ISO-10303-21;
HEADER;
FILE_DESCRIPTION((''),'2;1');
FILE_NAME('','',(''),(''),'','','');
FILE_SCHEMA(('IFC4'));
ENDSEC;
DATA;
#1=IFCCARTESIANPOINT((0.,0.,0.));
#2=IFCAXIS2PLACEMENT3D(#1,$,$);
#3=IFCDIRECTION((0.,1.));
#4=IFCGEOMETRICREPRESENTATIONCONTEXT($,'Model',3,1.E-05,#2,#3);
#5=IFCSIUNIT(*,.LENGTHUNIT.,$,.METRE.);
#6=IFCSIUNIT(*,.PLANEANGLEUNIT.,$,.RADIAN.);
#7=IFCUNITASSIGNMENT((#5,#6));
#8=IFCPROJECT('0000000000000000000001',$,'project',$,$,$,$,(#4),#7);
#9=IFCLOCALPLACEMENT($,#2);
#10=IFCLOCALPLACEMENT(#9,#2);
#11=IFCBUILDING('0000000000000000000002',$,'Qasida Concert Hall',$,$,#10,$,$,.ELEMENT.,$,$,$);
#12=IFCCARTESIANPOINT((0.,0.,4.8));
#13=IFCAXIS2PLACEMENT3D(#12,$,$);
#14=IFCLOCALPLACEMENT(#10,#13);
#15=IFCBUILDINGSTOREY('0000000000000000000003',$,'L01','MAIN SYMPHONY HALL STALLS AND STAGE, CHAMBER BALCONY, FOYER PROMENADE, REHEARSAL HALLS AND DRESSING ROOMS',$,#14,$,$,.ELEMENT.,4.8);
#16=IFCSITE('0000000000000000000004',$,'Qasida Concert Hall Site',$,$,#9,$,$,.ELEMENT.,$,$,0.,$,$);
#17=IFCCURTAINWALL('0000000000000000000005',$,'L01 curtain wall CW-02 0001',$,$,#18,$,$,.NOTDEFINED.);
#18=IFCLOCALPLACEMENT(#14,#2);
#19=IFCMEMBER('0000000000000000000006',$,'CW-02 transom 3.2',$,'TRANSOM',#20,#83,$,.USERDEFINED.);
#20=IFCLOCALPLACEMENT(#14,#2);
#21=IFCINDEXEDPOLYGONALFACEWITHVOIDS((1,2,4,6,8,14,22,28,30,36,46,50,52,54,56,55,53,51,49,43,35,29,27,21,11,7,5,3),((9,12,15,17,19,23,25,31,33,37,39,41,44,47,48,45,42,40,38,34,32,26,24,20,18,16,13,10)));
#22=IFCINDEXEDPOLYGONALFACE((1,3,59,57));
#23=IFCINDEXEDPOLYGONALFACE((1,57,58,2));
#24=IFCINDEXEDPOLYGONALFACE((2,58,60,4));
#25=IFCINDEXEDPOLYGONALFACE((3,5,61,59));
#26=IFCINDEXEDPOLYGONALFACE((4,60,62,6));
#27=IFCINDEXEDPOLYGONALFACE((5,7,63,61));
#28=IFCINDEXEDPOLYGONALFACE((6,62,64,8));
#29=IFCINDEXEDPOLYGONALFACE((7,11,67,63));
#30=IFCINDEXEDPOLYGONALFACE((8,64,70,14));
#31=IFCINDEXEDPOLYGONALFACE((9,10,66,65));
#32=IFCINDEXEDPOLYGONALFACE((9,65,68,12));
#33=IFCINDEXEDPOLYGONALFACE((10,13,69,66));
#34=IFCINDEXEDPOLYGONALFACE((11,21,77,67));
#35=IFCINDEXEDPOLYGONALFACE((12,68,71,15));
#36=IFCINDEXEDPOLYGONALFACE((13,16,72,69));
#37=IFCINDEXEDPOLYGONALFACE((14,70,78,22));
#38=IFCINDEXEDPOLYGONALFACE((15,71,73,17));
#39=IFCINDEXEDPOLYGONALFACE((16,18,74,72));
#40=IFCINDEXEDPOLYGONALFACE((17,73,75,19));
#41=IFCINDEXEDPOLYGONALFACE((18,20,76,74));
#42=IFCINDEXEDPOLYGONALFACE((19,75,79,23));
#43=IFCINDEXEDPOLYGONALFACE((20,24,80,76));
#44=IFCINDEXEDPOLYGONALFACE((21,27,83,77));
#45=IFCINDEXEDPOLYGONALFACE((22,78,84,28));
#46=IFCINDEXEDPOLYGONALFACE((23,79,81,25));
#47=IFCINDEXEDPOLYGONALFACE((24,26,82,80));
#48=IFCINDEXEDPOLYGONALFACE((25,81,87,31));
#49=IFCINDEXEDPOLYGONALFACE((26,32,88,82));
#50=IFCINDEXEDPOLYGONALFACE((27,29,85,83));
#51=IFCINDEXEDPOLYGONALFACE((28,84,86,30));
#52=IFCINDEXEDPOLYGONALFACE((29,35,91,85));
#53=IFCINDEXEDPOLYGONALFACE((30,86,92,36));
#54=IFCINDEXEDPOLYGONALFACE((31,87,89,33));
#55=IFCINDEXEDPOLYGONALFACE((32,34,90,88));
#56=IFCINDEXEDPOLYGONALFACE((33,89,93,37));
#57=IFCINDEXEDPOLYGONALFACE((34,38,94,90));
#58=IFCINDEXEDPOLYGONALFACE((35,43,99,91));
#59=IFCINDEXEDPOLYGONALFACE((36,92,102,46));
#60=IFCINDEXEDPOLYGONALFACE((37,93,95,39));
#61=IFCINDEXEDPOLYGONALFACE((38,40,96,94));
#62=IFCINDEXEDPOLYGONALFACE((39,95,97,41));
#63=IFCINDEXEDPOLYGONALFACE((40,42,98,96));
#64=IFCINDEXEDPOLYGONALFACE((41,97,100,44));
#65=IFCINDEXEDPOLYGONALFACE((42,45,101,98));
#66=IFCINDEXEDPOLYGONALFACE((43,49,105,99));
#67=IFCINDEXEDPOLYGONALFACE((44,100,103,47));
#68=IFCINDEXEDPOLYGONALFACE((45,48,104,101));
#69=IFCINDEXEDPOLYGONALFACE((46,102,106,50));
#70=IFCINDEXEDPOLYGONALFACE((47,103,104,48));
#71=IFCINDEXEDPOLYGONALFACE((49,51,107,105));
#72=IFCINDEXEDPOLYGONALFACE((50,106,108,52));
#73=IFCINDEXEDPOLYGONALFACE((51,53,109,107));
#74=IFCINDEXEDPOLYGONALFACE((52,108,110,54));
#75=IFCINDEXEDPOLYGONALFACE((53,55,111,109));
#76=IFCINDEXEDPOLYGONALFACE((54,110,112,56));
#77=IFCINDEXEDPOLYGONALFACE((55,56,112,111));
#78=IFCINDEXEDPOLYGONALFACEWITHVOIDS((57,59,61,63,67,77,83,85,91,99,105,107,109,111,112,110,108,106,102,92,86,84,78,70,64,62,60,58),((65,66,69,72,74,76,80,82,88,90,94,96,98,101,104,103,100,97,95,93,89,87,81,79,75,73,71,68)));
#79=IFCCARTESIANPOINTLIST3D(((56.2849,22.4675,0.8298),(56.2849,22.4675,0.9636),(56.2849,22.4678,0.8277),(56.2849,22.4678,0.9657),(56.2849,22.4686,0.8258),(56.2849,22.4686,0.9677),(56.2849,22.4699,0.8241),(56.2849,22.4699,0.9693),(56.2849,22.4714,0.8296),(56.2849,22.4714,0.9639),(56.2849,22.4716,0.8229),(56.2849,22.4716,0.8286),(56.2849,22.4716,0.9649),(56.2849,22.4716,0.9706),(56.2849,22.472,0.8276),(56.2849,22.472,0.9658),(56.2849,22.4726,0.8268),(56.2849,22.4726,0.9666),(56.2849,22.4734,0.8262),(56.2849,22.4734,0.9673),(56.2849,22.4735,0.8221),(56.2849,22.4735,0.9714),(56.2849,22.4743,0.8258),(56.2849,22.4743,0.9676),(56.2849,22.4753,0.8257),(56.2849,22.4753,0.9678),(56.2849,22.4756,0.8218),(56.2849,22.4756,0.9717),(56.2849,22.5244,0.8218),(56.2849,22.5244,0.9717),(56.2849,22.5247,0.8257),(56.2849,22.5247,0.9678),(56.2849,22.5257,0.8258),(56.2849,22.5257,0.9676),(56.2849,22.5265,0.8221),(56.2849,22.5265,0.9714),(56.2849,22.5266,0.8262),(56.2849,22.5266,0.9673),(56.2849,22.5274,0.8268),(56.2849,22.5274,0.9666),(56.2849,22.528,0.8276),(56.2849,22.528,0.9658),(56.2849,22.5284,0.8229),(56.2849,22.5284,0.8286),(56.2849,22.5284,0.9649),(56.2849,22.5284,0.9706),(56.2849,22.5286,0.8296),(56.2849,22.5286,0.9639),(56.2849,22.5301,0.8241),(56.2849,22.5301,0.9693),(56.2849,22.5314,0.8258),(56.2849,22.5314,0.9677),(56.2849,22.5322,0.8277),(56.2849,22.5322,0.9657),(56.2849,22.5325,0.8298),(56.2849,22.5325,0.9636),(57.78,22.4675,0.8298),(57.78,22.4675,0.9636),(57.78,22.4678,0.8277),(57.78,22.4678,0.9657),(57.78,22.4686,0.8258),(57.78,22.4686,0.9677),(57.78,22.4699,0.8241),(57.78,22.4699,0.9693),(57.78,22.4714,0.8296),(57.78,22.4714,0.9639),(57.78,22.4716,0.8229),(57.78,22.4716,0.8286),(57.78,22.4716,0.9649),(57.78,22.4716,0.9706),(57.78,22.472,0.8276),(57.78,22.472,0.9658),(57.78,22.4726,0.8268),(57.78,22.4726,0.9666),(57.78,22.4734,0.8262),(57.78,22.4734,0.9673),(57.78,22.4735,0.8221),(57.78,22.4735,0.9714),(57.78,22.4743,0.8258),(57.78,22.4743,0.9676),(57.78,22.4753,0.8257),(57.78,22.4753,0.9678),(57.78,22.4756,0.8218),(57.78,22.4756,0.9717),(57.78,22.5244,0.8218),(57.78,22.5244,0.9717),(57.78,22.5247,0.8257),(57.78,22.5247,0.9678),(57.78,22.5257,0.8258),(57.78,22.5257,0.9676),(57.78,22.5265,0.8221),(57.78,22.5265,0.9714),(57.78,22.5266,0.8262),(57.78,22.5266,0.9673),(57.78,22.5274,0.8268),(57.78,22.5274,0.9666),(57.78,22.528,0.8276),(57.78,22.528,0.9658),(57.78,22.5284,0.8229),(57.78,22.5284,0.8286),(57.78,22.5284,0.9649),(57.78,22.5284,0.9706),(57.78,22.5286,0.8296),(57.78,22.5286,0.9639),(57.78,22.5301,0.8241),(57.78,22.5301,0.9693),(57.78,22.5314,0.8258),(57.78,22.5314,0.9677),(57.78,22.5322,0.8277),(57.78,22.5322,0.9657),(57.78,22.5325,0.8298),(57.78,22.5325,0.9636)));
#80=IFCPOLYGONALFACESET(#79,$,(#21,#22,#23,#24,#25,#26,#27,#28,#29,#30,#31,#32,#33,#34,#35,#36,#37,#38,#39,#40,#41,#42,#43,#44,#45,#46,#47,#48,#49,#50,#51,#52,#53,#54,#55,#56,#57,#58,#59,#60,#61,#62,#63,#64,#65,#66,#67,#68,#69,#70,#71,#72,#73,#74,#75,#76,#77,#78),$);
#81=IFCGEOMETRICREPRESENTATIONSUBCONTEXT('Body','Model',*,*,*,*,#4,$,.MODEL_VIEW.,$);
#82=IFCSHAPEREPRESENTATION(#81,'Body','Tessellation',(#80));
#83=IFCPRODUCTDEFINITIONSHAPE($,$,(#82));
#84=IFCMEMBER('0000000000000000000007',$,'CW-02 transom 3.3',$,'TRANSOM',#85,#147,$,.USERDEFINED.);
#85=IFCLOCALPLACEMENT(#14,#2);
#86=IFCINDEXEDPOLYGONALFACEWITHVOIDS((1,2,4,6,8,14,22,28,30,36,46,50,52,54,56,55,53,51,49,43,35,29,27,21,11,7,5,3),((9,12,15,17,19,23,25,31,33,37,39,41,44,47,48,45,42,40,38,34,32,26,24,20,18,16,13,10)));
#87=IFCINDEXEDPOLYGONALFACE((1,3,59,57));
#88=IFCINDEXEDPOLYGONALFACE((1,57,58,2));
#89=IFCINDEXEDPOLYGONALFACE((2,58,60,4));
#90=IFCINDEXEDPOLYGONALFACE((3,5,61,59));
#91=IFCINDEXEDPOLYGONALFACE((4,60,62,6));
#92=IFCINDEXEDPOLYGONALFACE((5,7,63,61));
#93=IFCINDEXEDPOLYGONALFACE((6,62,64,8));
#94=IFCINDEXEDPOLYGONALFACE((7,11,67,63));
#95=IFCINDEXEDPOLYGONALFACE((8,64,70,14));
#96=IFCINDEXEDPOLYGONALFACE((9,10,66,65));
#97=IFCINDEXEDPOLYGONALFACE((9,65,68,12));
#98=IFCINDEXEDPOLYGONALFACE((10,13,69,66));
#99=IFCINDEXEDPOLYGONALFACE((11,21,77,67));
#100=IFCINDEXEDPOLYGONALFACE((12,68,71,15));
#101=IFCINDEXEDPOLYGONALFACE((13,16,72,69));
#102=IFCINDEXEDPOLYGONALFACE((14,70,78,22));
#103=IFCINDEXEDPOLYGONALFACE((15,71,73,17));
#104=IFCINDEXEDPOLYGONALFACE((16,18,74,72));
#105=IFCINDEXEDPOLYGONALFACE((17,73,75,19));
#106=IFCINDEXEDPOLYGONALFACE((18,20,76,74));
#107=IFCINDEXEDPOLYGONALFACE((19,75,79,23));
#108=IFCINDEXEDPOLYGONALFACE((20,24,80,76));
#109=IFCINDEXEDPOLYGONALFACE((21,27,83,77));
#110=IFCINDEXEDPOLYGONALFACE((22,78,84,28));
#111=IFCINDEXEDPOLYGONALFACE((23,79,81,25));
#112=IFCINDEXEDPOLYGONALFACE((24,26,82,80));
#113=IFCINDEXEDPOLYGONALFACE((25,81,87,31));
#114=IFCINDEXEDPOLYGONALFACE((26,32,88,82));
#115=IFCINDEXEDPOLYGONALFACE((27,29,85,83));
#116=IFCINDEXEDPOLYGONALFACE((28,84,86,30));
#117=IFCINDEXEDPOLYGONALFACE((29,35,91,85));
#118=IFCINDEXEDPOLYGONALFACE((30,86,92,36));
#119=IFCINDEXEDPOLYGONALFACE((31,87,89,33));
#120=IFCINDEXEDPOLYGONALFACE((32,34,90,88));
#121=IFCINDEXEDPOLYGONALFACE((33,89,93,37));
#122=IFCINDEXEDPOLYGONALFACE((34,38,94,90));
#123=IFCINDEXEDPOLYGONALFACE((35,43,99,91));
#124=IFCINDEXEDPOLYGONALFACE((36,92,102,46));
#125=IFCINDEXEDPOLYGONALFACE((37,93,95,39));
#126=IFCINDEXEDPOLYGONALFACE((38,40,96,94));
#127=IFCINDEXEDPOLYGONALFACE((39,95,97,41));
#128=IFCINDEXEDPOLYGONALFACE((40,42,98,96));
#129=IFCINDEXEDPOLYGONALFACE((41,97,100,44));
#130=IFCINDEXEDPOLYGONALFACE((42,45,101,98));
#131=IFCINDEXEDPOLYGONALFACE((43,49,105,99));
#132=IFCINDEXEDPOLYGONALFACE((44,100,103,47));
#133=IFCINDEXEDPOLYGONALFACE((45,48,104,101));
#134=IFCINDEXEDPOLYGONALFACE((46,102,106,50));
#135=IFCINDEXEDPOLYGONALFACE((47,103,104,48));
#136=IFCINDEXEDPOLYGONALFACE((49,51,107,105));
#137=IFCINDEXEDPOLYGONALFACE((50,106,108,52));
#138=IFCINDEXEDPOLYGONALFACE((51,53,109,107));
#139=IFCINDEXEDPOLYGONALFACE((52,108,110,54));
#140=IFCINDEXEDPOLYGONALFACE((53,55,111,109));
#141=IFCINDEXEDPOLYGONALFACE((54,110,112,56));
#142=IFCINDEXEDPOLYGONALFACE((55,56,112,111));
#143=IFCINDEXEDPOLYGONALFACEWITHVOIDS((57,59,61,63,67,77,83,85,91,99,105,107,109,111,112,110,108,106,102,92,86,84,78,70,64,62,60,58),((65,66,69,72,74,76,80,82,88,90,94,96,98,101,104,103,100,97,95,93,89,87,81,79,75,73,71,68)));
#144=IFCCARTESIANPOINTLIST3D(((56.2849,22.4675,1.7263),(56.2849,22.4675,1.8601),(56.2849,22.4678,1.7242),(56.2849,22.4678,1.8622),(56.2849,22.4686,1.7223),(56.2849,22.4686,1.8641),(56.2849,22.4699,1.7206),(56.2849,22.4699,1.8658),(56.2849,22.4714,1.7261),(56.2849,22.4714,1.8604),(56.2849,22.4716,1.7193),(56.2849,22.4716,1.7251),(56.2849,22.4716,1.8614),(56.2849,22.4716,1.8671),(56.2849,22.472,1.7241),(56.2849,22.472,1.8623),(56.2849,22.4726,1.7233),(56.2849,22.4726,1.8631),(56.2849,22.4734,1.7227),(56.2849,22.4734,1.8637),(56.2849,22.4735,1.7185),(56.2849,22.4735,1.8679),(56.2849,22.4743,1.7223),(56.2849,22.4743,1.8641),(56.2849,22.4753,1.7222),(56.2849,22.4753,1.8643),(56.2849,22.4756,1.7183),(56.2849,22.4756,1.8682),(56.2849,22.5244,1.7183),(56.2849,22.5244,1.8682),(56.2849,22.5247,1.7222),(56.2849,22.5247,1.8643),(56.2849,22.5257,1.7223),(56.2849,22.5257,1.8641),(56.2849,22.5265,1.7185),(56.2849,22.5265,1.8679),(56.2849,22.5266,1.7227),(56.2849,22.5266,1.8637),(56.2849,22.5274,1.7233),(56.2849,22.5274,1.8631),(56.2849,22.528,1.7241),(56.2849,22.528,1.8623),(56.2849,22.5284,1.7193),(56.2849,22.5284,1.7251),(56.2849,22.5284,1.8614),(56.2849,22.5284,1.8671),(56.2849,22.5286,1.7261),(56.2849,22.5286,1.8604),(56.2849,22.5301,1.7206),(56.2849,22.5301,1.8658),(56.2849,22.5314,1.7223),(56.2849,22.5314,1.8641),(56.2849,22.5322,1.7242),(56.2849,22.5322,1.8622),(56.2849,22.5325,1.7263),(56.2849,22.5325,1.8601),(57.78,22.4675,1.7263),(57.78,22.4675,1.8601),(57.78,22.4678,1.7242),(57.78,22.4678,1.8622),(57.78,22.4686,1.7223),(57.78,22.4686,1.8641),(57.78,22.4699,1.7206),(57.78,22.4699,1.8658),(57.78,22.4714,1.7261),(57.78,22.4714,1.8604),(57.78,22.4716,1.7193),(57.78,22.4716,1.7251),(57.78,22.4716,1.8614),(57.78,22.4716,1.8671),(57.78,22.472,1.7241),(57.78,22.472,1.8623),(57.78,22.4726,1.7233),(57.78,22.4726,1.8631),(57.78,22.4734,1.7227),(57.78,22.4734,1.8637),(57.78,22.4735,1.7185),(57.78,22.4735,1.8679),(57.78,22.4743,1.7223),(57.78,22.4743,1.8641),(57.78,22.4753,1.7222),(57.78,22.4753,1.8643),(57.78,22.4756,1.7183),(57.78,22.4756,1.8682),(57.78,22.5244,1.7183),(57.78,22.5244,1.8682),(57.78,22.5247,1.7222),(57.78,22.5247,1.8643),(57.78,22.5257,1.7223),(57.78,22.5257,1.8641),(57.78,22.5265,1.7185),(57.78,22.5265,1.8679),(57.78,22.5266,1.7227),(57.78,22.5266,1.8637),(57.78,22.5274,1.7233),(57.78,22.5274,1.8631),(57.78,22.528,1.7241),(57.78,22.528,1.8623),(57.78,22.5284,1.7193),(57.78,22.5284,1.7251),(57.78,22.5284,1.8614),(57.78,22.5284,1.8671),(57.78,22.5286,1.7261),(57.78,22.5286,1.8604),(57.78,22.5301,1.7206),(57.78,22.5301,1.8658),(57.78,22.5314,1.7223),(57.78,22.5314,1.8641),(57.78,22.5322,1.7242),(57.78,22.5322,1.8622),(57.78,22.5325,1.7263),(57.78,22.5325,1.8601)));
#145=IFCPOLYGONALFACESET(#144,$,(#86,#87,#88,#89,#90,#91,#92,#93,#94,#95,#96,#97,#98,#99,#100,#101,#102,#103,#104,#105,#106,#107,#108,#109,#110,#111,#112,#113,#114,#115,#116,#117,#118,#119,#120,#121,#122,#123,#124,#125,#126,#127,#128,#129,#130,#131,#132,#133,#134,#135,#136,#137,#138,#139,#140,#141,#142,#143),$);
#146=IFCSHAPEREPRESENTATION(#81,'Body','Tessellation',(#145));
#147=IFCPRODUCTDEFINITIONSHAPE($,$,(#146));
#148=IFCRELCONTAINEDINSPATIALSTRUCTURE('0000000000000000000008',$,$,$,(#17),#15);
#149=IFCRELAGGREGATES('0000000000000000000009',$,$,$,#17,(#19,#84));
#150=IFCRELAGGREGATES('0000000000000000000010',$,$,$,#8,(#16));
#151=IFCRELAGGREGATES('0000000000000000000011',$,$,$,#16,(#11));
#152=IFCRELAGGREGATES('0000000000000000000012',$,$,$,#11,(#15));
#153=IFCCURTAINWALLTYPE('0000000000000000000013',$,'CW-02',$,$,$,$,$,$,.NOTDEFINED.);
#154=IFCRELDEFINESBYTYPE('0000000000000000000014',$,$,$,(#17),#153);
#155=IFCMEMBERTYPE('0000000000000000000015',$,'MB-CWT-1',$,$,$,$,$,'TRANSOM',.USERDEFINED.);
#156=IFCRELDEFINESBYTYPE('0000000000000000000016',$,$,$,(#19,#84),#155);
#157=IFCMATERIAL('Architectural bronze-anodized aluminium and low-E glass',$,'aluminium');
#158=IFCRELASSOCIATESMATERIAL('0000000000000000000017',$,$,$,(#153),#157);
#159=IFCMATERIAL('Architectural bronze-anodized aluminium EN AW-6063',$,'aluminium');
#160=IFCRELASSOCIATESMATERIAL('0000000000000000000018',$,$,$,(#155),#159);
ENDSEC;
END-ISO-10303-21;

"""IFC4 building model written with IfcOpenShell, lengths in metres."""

from ifc_helpers import new_model, si_unit, direction, frame, origin, origin_2d, place, context, subcontext, project, spatial, hollow_rectangle, extrude, material, material_profile, profile_set, type_object, element, aggregate, save


model = new_model("IFC4")

# Units and contexts
model_context = context("Model", 3, precision=1e-05, world=origin(), true_north=direction((0.0, 1.0)))
body_context = subcontext(model_context, "Body", "Model", "MODEL_VIEW")
ifc_project = project(units=[si_unit("LENGTHUNIT", "METRE"), si_unit("PLANEANGLEUNIT", "RADIAN")], contexts=[model_context])

# Site, building, storey
site_placement = place(None, origin())
site = spatial("IfcSite", under=ifc_project, at=site_placement, Name="Qasida Concert Hall Site", CompositionType="ELEMENT", RefElevation=0.0)
building_placement = place(site_placement, origin())
building = spatial("IfcBuilding", under=site, at=building_placement, Name="Qasida Concert Hall", CompositionType="ELEMENT")
storey_placement = place(building_placement, frame((0.0, 0.0, 4.8)))
storey = spatial("IfcBuildingStorey", under=building, at=storey_placement, Name="L01", Description="MAIN SYMPHONY HALL STALLS AND STAGE, CHAMBER BALCONY, FOYER PROMENADE, REHEARSAL HALLS AND DRESSING ROOMS", CompositionType="ELEMENT", Elevation=4.8)

# Curtain wall
ifc_material_1 = material(Name="Architectural bronze-anodized aluminium and low-E glass", Category="aluminium")
curtain_wall_type = type_object("IfcCurtainWallType", Name="CW-02", PredefinedType="NOTDEFINED", material=ifc_material_1)
curtain_wall_1_placement = place(storey_placement, origin())
curtain_wall_1 = element("IfcCurtainWall", 1, at=curtain_wall_1_placement, inside=storey, type_object=curtain_wall_type, Name="L01 curtain wall CW-02 0001", PredefinedType="NOTDEFINED")
ifc_material_2 = material(Name="Architectural bronze-anodized aluminium EN AW-6063", Category="aluminium")

# Members
ifc_material_profile_1 = material_profile(ifc_material_2, hollow_rectangle(XDim=0.0649, YDim=0.1499, WallThickness=0.0039, InnerFilletRadius=0.0039, OuterFilletRadius=0.0081, at=origin_2d()), Name="CWT 150x65x4")
ifc_profile_set_1 = profile_set([ifc_material_profile_1], Name="Architectural bronze-anodized aluminium EN AW-6063")
member_type_1 = type_object("IfcMemberType", Name="MB-CWT-1", ElementType="TRANSOM", PredefinedType="USERDEFINED", material=ifc_profile_set_1)
member_1_placement = place(storey_placement, frame((56.2849, 22.5, 0.8967), z_axis=(1.0, 0.0, 0.0), x_axis=(0.0, 1.0, 0.0)))
member_1 = element("IfcMember", 2, at=member_1_placement, type_object=member_type_1, Name="CW-02 transom 3.2", ObjectType="TRANSOM", PredefinedType="USERDEFINED", context=body_context, shape_type="SweptSolid", body=[
    extrude(hollow_rectangle(XDim=0.0649, YDim=0.1499, WallThickness=0.0039, InnerFilletRadius=0.0039, OuterFilletRadius=0.0081, at=origin_2d()), origin(), (0.0, 0.0, 1.0), 1.4951),
])
member_2_placement = place(storey_placement, frame((56.2849, 22.5, 1.7932), z_axis=(1.0, 0.0, 0.0), x_axis=(0.0, 1.0, 0.0)))
member_2 = element("IfcMember", 3, at=member_2_placement, type_object=member_type_1, Name="CW-02 transom 3.3", ObjectType="TRANSOM", PredefinedType="USERDEFINED", context=body_context, shape_type="SweptSolid", body=[
    extrude(hollow_rectangle(XDim=0.0649, YDim=0.1499, WallThickness=0.0039, InnerFilletRadius=0.0039, OuterFilletRadius=0.0081, at=origin_2d()), origin(), (0.0, 0.0, 1.0), 1.4951),
])

aggregate(curtain_wall_1, [member_1, member_2])

save(model, "model.ifc")
